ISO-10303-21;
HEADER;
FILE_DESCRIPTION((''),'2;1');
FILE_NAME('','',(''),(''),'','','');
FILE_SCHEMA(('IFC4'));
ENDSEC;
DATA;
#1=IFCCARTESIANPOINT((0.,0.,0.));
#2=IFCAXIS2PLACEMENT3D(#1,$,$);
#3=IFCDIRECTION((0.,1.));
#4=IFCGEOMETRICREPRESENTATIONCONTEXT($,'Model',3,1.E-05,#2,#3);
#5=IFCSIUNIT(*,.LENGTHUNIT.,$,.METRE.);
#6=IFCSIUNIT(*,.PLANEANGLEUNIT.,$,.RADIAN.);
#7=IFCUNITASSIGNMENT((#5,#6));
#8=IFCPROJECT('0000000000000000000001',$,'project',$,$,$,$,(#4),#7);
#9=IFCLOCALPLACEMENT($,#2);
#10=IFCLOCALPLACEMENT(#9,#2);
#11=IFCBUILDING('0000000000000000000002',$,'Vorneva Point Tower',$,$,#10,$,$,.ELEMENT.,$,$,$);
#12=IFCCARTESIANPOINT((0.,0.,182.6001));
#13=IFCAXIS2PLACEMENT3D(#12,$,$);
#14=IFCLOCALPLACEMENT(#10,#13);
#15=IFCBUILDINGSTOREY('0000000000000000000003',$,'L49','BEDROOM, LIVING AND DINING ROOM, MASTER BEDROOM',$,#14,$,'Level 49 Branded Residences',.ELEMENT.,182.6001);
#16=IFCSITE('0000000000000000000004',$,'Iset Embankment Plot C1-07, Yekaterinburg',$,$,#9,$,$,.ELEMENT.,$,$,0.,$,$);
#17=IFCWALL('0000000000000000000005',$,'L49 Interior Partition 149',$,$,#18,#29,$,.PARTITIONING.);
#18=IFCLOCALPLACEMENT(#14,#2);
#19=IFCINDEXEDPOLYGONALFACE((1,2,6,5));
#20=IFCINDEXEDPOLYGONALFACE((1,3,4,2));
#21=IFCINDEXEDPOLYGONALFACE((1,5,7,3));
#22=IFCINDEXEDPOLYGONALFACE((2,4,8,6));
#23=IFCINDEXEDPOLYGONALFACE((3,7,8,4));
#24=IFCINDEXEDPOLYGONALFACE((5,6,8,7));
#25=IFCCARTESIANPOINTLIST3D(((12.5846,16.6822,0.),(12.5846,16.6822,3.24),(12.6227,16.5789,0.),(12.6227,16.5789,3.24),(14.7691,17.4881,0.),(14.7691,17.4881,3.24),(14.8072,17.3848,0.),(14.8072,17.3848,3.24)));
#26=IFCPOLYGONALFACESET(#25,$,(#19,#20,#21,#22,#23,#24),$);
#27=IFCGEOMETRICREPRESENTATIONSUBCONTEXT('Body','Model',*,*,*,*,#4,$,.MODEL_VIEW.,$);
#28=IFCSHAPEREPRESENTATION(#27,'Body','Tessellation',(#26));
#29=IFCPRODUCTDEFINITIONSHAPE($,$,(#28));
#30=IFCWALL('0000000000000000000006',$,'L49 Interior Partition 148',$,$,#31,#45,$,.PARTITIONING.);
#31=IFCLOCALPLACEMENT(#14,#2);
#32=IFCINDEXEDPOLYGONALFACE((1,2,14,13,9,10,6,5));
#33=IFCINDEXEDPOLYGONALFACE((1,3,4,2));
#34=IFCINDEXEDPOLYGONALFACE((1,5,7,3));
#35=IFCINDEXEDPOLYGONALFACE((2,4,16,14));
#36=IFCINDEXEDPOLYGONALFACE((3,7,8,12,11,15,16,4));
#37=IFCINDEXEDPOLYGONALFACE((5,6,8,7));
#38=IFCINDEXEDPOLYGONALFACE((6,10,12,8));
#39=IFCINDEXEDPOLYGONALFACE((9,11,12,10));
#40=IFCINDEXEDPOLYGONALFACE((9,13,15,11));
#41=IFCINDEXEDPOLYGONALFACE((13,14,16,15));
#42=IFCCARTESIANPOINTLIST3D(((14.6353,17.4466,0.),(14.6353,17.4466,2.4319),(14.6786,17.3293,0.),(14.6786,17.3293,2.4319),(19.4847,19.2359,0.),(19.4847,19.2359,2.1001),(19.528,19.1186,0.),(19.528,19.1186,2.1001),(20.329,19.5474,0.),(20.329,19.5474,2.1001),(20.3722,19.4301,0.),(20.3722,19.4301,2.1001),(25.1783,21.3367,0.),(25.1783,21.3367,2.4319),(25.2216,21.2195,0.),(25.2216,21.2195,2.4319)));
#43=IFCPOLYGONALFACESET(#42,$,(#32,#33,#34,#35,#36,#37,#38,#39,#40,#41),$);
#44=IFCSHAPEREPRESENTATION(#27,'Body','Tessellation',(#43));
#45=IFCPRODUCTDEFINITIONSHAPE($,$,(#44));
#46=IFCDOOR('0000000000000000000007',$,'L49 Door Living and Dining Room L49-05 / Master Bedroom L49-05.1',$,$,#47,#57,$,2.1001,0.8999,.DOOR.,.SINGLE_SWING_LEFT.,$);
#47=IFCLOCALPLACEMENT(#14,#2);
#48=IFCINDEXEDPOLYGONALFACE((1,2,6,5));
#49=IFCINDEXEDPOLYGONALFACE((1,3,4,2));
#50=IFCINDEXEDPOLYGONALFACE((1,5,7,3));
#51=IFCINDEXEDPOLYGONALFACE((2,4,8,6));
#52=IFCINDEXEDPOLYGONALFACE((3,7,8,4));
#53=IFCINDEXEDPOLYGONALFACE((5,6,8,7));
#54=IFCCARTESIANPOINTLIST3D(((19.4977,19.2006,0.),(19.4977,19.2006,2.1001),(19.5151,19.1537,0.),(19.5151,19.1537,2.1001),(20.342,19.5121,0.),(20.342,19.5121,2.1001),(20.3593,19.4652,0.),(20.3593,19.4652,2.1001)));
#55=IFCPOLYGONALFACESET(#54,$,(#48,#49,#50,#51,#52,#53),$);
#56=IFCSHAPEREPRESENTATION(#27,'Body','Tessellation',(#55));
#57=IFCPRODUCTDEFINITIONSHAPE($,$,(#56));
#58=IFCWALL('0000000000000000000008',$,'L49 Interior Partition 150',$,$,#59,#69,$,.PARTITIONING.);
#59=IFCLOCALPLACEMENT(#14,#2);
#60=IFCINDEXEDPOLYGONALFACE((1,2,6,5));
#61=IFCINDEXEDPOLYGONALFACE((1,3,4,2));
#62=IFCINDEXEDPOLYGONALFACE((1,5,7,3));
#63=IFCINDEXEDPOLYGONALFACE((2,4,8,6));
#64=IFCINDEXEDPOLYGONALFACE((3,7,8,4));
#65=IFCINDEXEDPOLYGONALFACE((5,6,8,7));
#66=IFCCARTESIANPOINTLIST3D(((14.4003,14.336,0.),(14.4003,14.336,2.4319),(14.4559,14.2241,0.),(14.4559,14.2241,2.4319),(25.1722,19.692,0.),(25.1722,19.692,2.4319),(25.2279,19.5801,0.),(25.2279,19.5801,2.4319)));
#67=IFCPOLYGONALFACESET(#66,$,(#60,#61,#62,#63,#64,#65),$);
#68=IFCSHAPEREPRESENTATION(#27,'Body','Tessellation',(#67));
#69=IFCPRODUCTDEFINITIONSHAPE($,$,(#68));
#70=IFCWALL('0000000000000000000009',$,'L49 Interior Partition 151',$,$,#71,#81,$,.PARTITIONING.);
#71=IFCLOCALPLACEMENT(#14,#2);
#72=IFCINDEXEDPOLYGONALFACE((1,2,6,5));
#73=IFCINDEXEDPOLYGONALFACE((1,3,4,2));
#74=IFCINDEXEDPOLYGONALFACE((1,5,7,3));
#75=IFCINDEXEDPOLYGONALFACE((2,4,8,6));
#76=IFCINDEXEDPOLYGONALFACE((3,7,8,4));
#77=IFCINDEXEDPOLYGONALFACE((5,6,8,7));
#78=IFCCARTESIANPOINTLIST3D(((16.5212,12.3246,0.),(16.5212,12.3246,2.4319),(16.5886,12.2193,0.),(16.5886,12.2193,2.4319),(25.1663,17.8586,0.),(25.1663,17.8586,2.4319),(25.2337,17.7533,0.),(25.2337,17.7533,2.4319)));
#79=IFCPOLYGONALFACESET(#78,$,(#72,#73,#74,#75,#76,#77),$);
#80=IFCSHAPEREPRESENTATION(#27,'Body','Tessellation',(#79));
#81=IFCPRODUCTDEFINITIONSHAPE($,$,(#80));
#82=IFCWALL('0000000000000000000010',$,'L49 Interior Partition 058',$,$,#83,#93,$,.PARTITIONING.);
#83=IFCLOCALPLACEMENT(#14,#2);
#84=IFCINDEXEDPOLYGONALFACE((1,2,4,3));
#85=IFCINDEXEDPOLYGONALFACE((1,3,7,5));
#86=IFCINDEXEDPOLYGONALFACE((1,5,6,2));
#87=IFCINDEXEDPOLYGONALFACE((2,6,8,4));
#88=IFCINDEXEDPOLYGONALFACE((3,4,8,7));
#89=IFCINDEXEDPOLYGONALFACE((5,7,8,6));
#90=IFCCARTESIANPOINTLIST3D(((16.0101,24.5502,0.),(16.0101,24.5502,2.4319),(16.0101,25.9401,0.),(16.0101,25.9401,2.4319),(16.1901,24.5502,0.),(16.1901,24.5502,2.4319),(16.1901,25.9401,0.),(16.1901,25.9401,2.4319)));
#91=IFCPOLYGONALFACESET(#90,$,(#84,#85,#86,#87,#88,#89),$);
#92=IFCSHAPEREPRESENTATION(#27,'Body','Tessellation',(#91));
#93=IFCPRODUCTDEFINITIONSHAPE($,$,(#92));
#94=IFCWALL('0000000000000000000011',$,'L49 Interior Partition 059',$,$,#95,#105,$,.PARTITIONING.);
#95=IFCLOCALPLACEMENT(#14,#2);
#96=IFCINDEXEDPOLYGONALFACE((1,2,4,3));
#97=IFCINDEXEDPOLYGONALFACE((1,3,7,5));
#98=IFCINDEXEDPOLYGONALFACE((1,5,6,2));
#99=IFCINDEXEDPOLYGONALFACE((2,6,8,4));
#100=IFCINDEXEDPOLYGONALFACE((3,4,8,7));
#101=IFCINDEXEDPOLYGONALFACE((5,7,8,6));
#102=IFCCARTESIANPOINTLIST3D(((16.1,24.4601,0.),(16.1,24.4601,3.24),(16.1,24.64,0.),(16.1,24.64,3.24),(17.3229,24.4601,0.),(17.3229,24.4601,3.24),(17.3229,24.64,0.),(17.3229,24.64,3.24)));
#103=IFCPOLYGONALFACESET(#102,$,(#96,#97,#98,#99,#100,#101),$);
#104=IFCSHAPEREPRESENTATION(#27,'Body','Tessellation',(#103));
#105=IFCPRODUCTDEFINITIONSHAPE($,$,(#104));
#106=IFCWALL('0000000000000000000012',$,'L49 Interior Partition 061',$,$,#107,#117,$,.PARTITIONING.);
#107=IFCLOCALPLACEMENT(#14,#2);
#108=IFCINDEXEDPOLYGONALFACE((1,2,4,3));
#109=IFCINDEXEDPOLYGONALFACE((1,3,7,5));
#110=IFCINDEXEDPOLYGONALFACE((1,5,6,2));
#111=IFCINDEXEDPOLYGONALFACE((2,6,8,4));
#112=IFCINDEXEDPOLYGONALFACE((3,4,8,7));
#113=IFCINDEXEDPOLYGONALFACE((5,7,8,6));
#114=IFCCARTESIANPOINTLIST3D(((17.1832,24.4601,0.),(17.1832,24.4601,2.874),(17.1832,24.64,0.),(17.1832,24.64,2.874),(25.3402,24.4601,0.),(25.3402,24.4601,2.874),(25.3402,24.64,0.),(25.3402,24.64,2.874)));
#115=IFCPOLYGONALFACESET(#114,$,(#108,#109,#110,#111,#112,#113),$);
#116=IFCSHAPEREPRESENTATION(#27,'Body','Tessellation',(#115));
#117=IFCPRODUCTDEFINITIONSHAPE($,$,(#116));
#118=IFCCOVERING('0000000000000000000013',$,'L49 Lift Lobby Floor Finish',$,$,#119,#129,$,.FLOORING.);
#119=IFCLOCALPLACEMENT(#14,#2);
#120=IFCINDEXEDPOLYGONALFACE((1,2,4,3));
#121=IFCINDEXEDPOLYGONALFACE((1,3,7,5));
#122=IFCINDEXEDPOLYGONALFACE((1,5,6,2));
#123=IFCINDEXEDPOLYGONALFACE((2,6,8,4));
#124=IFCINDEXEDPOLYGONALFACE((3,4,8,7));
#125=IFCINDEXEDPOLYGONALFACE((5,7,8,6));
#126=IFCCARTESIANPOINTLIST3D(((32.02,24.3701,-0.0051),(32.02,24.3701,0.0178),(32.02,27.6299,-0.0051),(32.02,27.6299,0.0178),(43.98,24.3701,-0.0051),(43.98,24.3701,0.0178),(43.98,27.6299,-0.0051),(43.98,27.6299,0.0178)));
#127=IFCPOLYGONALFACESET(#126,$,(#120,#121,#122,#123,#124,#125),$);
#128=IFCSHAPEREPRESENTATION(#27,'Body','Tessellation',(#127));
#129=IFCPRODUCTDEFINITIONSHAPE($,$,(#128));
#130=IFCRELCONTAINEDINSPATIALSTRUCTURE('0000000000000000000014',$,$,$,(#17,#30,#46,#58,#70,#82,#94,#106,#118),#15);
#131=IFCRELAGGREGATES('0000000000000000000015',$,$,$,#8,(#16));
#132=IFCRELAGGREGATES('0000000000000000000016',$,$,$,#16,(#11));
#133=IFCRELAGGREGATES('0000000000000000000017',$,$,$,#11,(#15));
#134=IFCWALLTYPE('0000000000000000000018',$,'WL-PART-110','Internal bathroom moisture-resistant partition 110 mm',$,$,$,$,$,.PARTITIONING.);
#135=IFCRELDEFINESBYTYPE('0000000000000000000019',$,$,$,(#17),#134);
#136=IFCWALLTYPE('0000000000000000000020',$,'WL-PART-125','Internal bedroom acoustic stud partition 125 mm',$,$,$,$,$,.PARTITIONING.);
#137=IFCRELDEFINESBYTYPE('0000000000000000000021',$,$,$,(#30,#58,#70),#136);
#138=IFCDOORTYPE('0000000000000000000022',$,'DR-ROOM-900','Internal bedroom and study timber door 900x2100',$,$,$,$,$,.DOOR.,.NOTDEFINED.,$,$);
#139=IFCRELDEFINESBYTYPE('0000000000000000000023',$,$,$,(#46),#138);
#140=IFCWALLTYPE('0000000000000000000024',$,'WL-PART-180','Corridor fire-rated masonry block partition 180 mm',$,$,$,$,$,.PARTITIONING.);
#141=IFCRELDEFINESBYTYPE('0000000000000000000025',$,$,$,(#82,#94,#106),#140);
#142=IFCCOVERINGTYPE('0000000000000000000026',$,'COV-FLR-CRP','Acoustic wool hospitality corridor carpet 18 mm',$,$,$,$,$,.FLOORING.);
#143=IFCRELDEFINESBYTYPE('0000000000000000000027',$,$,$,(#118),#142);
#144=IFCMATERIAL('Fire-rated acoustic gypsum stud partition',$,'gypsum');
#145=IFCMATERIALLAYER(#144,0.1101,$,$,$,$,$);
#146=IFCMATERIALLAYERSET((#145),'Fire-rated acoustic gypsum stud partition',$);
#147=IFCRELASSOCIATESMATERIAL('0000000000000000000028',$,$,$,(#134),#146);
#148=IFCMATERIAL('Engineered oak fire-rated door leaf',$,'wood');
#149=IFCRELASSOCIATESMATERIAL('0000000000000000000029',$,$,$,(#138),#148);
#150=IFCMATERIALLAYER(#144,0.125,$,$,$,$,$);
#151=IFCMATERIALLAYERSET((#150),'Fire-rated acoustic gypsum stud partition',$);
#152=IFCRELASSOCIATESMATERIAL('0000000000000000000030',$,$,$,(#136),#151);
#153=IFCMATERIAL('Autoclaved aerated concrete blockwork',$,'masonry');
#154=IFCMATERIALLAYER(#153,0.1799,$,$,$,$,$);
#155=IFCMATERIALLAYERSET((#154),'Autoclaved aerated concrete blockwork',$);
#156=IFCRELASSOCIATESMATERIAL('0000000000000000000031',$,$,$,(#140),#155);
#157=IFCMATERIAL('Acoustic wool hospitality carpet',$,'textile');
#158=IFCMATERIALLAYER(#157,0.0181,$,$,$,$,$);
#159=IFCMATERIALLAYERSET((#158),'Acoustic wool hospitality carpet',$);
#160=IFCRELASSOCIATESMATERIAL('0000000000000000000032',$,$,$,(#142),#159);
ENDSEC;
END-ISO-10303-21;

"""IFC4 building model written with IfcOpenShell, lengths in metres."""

from ifc_helpers import new_model, si_unit, direction, frame, frame_2d, origin, place, context, subcontext, project, spatial, polyline, rectangle, outline, extrude, material, layer, layer_set, type_object, element, fill, save


model = new_model("IFC4")

# Units and contexts
model_context = context("Model", 3, precision=1e-05, world=origin(), true_north=direction((0.0, 1.0)))
body_context = subcontext(model_context, "Body", "Model", "MODEL_VIEW")
ifc_project = project(units=[si_unit("LENGTHUNIT", "METRE"), si_unit("PLANEANGLEUNIT", "RADIAN")], contexts=[model_context])

# Site, building, storey
site_placement = place(None, origin())
site = spatial("IfcSite", under=ifc_project, at=site_placement, Name="Iset Embankment Plot C1-07, Yekaterinburg", CompositionType="ELEMENT", RefElevation=0.0)
building_placement = place(site_placement, origin())
building = spatial("IfcBuilding", under=site, at=building_placement, Name="Vorneva Point Tower", CompositionType="ELEMENT")
storey_placement = place(building_placement, frame((0.0, 0.0, 182.6001)))
storey = spatial("IfcBuildingStorey", under=building, at=storey_placement, Name="L49", Description="BEDROOM, LIVING AND DINING ROOM, MASTER BEDROOM", LongName="Level 49 Branded Residences", CompositionType="ELEMENT", Elevation=182.6001)

# Shared definitions
ifc_material_1 = material(Name="Fire-rated acoustic gypsum stud partition", Category="gypsum")
ifc_layer_1 = layer(ifc_material_1, 0.1101)
ifc_layer_set_1 = layer_set([ifc_layer_1], Name="Fire-rated acoustic gypsum stud partition")
wall_type_1 = type_object("IfcWallType", Name="WL-PART-110", Description="Internal bathroom moisture-resistant partition 110 mm", PredefinedType="PARTITIONING", material=ifc_layer_set_1)

# Shared definitions
ifc_material_2 = material(Name="Engineered oak fire-rated door leaf", Category="wood")
door_type = type_object("IfcDoorType", Name="DR-ROOM-900", Description="Internal bedroom and study timber door 900x2100", OperationType="NOTDEFINED", PredefinedType="DOOR", material=ifc_material_2)

# Wall
wall_1_placement = place(storey_placement, frame((12.6038, 16.6306, 0.0), z_axis=(0.0, 0.0, 1.0), x_axis=(0.938194, 0.346109, 0.0)))
element("IfcWall", 1, at=wall_1_placement, inside=storey, type_object=wall_type_1, Name="L49 Interior Partition 149", PredefinedType="PARTITIONING", context=body_context, shape_type="SweptSolid", body=[
    extrude(rectangle(XDim=2.3284, YDim=0.1101, at=frame_2d((1.1641, 0.0))), origin(), (0.0, 0.0, 1.0), 3.24),
])

# Wall, opening, door
ifc_layer_2 = layer(ifc_material_1, 0.125)
ifc_layer_set_2 = layer_set([ifc_layer_2], Name="Fire-rated acoustic gypsum stud partition")
wall_type_2 = type_object("IfcWallType", Name="WL-PART-125", Description="Internal bedroom acoustic stud partition 125 mm", PredefinedType="PARTITIONING", material=ifc_layer_set_2)
wall_2_placement = place(storey_placement, frame((14.657, 17.3879, 0.0), z_axis=(0.0, 0.0, 1.0), x_axis=(0.938173, 0.346166, 0.0)))
wall_2 = element("IfcWall", 2, at=wall_2_placement, inside=storey, type_object=wall_type_2, Name="L49 Interior Partition 148", PredefinedType="PARTITIONING", context=body_context, shape_type="SweptSolid", body=[
    extrude(rectangle(XDim=11.2378, YDim=0.125, at=frame_2d((5.6189, 0.0))), origin(), (0.0, 0.0, 1.0), 2.4319),
])
opening_1_placement = place(wall_2_placement, frame((5.1689, 0.0, 0.0)))
opening_1 = element("IfcOpeningElement", 3, at=opening_1_placement, cuts=wall_2, PredefinedType="OPENING", context=body_context, shape_type="SweptSolid", body=[
    extrude(rectangle(XDim=0.8999, YDim=2.1001, at=frame_2d((0.45, 1.05))), frame((0.0, 0.0774, 0.0), z_axis=(0.0, -1.0, 0.0), x_axis=(1.0, 0.0, 0.0)), (0.0, 0.0, 1.0), 0.1548),
])
door_1_placement = place(opening_1_placement, origin())
door_1 = element("IfcDoor", 4, at=door_1_placement, inside=storey, type_object=door_type, Name="L49 Door Living and Dining Room L49-05 / Master Bedroom L49-05.1", OperationType="SINGLE_SWING_LEFT", OverallHeight=2.1001, OverallWidth=0.8999, PredefinedType="DOOR", context=body_context, shape_type="SweptSolid", body=[
    extrude(rectangle(XDim=0.8999, YDim=2.1001, at=frame_2d((0.45, 1.05))), frame((0.0, 0.0249, 0.0), z_axis=(0.0, -1.0, 0.0), x_axis=(1.0, 0.0, 0.0)), (0.0, 0.0, 1.0), 0.05),
])
fill(opening_1, door_1)

# Walls
wall_3_placement = place(storey_placement, frame((14.428, 14.28, 0.0), z_axis=(0.0, 0.0, 1.0), x_axis=(0.895423, 0.445216, 0.0)))
element("IfcWall", 5, at=wall_3_placement, inside=storey, type_object=wall_type_2, Name="L49 Interior Partition 150", PredefinedType="PARTITIONING", context=body_context, shape_type="SweptSolid", body=[
    extrude(rectangle(XDim=12.03, YDim=0.125, at=frame_2d((6.0151, 0.0))), origin(), (0.0, 0.0, 1.0), 2.4319),
])
wall_4_placement = place(storey_placement, frame((16.5549, 12.272, 0.0), z_axis=(0.0, 0.0, 1.0), x_axis=(0.842222, 0.539131, 0.0)))
element("IfcWall", 6, at=wall_4_placement, inside=storey, type_object=wall_type_2, Name="L49 Interior Partition 151", PredefinedType="PARTITIONING", context=body_context, shape_type="SweptSolid", body=[
    extrude(rectangle(XDim=10.2646, YDim=0.125, at=frame_2d((5.1323, 0.0))), origin(), (0.0, 0.0, 1.0), 2.4319),
])
ifc_material_3 = material(Name="Autoclaved aerated concrete blockwork", Category="masonry")
ifc_layer_3 = layer(ifc_material_3, 0.1799)
ifc_layer_set_3 = layer_set([ifc_layer_3], Name="Autoclaved aerated concrete blockwork")
wall_type_3 = type_object("IfcWallType", Name="WL-PART-180", Description="Corridor fire-rated masonry block partition 180 mm", PredefinedType="PARTITIONING", material=ifc_layer_set_3)
wall_5_placement = place(storey_placement, frame((16.1001, 25.9399, 0.0), z_axis=(0.0, 0.0, 1.0), x_axis=(0.0, -1.0, 0.0)))
element("IfcWall", 7, at=wall_5_placement, inside=storey, type_object=wall_type_3, Name="L49 Interior Partition 058", PredefinedType="PARTITIONING", context=body_context, shape_type="SweptSolid", body=[
    extrude(rectangle(XDim=1.3899, YDim=0.1799, at=frame_2d((0.6948, 0.0))), origin(), (0.0, 0.0, 1.0), 2.4319),
])
wall_6_placement = place(storey_placement, frame((16.1001, 24.55, 0.0), z_axis=(0.0, 0.0, 1.0), x_axis=(1.0, 0.0, 0.0)))
element("IfcWall", 8, at=wall_6_placement, inside=storey, type_object=wall_type_3, Name="L49 Interior Partition 059", PredefinedType="PARTITIONING", context=body_context, shape_type="SweptSolid", body=[
    extrude(rectangle(XDim=1.2229, YDim=0.1799, at=frame_2d((0.6113, 0.0))), origin(), (0.0, 0.0, 1.0), 3.24),
])
wall_7_placement = place(storey_placement, frame((17.1831, 24.55, 0.0), z_axis=(0.0, 0.0, 1.0), x_axis=(1.0, 0.0, 0.0)))
element("IfcWall", 9, at=wall_7_placement, inside=storey, type_object=wall_type_3, Name="L49 Interior Partition 061", PredefinedType="PARTITIONING", context=body_context, shape_type="SweptSolid", body=[
    extrude(rectangle(XDim=8.157, YDim=0.1799, at=frame_2d((4.0786, 0.0))), origin(), (0.0, 0.0, 1.0), 2.874),
])

# Covering
ifc_material_4 = material(Name="Acoustic wool hospitality carpet", Category="textile")
ifc_layer_4 = layer(ifc_material_4, 0.0181)
ifc_layer_set_4 = layer_set([ifc_layer_4], Name="Acoustic wool hospitality carpet")
covering_type = type_object("IfcCoveringType", Name="COV-FLR-CRP", Description="Acoustic wool hospitality corridor carpet 18 mm", PredefinedType="FLOORING", material=ifc_layer_set_4)
covering_placement = place(storey_placement, frame((0.0, 0.0, -0.0051)))
element("IfcCovering", 10, at=covering_placement, inside=storey, type_object=covering_type, Name="L49 Lift Lobby Floor Finish", PredefinedType="FLOORING", context=body_context, shape_type="SweptSolid", body=[
    extrude(outline(polyline([(32.02, 24.3701), (43.98, 24.3701), (43.98, 27.6299), (32.02, 27.6299), (32.02, 24.3701)])), origin(), (0.0, 0.0, 1.0), 0.0229),
])

save(model, "model.ifc")
